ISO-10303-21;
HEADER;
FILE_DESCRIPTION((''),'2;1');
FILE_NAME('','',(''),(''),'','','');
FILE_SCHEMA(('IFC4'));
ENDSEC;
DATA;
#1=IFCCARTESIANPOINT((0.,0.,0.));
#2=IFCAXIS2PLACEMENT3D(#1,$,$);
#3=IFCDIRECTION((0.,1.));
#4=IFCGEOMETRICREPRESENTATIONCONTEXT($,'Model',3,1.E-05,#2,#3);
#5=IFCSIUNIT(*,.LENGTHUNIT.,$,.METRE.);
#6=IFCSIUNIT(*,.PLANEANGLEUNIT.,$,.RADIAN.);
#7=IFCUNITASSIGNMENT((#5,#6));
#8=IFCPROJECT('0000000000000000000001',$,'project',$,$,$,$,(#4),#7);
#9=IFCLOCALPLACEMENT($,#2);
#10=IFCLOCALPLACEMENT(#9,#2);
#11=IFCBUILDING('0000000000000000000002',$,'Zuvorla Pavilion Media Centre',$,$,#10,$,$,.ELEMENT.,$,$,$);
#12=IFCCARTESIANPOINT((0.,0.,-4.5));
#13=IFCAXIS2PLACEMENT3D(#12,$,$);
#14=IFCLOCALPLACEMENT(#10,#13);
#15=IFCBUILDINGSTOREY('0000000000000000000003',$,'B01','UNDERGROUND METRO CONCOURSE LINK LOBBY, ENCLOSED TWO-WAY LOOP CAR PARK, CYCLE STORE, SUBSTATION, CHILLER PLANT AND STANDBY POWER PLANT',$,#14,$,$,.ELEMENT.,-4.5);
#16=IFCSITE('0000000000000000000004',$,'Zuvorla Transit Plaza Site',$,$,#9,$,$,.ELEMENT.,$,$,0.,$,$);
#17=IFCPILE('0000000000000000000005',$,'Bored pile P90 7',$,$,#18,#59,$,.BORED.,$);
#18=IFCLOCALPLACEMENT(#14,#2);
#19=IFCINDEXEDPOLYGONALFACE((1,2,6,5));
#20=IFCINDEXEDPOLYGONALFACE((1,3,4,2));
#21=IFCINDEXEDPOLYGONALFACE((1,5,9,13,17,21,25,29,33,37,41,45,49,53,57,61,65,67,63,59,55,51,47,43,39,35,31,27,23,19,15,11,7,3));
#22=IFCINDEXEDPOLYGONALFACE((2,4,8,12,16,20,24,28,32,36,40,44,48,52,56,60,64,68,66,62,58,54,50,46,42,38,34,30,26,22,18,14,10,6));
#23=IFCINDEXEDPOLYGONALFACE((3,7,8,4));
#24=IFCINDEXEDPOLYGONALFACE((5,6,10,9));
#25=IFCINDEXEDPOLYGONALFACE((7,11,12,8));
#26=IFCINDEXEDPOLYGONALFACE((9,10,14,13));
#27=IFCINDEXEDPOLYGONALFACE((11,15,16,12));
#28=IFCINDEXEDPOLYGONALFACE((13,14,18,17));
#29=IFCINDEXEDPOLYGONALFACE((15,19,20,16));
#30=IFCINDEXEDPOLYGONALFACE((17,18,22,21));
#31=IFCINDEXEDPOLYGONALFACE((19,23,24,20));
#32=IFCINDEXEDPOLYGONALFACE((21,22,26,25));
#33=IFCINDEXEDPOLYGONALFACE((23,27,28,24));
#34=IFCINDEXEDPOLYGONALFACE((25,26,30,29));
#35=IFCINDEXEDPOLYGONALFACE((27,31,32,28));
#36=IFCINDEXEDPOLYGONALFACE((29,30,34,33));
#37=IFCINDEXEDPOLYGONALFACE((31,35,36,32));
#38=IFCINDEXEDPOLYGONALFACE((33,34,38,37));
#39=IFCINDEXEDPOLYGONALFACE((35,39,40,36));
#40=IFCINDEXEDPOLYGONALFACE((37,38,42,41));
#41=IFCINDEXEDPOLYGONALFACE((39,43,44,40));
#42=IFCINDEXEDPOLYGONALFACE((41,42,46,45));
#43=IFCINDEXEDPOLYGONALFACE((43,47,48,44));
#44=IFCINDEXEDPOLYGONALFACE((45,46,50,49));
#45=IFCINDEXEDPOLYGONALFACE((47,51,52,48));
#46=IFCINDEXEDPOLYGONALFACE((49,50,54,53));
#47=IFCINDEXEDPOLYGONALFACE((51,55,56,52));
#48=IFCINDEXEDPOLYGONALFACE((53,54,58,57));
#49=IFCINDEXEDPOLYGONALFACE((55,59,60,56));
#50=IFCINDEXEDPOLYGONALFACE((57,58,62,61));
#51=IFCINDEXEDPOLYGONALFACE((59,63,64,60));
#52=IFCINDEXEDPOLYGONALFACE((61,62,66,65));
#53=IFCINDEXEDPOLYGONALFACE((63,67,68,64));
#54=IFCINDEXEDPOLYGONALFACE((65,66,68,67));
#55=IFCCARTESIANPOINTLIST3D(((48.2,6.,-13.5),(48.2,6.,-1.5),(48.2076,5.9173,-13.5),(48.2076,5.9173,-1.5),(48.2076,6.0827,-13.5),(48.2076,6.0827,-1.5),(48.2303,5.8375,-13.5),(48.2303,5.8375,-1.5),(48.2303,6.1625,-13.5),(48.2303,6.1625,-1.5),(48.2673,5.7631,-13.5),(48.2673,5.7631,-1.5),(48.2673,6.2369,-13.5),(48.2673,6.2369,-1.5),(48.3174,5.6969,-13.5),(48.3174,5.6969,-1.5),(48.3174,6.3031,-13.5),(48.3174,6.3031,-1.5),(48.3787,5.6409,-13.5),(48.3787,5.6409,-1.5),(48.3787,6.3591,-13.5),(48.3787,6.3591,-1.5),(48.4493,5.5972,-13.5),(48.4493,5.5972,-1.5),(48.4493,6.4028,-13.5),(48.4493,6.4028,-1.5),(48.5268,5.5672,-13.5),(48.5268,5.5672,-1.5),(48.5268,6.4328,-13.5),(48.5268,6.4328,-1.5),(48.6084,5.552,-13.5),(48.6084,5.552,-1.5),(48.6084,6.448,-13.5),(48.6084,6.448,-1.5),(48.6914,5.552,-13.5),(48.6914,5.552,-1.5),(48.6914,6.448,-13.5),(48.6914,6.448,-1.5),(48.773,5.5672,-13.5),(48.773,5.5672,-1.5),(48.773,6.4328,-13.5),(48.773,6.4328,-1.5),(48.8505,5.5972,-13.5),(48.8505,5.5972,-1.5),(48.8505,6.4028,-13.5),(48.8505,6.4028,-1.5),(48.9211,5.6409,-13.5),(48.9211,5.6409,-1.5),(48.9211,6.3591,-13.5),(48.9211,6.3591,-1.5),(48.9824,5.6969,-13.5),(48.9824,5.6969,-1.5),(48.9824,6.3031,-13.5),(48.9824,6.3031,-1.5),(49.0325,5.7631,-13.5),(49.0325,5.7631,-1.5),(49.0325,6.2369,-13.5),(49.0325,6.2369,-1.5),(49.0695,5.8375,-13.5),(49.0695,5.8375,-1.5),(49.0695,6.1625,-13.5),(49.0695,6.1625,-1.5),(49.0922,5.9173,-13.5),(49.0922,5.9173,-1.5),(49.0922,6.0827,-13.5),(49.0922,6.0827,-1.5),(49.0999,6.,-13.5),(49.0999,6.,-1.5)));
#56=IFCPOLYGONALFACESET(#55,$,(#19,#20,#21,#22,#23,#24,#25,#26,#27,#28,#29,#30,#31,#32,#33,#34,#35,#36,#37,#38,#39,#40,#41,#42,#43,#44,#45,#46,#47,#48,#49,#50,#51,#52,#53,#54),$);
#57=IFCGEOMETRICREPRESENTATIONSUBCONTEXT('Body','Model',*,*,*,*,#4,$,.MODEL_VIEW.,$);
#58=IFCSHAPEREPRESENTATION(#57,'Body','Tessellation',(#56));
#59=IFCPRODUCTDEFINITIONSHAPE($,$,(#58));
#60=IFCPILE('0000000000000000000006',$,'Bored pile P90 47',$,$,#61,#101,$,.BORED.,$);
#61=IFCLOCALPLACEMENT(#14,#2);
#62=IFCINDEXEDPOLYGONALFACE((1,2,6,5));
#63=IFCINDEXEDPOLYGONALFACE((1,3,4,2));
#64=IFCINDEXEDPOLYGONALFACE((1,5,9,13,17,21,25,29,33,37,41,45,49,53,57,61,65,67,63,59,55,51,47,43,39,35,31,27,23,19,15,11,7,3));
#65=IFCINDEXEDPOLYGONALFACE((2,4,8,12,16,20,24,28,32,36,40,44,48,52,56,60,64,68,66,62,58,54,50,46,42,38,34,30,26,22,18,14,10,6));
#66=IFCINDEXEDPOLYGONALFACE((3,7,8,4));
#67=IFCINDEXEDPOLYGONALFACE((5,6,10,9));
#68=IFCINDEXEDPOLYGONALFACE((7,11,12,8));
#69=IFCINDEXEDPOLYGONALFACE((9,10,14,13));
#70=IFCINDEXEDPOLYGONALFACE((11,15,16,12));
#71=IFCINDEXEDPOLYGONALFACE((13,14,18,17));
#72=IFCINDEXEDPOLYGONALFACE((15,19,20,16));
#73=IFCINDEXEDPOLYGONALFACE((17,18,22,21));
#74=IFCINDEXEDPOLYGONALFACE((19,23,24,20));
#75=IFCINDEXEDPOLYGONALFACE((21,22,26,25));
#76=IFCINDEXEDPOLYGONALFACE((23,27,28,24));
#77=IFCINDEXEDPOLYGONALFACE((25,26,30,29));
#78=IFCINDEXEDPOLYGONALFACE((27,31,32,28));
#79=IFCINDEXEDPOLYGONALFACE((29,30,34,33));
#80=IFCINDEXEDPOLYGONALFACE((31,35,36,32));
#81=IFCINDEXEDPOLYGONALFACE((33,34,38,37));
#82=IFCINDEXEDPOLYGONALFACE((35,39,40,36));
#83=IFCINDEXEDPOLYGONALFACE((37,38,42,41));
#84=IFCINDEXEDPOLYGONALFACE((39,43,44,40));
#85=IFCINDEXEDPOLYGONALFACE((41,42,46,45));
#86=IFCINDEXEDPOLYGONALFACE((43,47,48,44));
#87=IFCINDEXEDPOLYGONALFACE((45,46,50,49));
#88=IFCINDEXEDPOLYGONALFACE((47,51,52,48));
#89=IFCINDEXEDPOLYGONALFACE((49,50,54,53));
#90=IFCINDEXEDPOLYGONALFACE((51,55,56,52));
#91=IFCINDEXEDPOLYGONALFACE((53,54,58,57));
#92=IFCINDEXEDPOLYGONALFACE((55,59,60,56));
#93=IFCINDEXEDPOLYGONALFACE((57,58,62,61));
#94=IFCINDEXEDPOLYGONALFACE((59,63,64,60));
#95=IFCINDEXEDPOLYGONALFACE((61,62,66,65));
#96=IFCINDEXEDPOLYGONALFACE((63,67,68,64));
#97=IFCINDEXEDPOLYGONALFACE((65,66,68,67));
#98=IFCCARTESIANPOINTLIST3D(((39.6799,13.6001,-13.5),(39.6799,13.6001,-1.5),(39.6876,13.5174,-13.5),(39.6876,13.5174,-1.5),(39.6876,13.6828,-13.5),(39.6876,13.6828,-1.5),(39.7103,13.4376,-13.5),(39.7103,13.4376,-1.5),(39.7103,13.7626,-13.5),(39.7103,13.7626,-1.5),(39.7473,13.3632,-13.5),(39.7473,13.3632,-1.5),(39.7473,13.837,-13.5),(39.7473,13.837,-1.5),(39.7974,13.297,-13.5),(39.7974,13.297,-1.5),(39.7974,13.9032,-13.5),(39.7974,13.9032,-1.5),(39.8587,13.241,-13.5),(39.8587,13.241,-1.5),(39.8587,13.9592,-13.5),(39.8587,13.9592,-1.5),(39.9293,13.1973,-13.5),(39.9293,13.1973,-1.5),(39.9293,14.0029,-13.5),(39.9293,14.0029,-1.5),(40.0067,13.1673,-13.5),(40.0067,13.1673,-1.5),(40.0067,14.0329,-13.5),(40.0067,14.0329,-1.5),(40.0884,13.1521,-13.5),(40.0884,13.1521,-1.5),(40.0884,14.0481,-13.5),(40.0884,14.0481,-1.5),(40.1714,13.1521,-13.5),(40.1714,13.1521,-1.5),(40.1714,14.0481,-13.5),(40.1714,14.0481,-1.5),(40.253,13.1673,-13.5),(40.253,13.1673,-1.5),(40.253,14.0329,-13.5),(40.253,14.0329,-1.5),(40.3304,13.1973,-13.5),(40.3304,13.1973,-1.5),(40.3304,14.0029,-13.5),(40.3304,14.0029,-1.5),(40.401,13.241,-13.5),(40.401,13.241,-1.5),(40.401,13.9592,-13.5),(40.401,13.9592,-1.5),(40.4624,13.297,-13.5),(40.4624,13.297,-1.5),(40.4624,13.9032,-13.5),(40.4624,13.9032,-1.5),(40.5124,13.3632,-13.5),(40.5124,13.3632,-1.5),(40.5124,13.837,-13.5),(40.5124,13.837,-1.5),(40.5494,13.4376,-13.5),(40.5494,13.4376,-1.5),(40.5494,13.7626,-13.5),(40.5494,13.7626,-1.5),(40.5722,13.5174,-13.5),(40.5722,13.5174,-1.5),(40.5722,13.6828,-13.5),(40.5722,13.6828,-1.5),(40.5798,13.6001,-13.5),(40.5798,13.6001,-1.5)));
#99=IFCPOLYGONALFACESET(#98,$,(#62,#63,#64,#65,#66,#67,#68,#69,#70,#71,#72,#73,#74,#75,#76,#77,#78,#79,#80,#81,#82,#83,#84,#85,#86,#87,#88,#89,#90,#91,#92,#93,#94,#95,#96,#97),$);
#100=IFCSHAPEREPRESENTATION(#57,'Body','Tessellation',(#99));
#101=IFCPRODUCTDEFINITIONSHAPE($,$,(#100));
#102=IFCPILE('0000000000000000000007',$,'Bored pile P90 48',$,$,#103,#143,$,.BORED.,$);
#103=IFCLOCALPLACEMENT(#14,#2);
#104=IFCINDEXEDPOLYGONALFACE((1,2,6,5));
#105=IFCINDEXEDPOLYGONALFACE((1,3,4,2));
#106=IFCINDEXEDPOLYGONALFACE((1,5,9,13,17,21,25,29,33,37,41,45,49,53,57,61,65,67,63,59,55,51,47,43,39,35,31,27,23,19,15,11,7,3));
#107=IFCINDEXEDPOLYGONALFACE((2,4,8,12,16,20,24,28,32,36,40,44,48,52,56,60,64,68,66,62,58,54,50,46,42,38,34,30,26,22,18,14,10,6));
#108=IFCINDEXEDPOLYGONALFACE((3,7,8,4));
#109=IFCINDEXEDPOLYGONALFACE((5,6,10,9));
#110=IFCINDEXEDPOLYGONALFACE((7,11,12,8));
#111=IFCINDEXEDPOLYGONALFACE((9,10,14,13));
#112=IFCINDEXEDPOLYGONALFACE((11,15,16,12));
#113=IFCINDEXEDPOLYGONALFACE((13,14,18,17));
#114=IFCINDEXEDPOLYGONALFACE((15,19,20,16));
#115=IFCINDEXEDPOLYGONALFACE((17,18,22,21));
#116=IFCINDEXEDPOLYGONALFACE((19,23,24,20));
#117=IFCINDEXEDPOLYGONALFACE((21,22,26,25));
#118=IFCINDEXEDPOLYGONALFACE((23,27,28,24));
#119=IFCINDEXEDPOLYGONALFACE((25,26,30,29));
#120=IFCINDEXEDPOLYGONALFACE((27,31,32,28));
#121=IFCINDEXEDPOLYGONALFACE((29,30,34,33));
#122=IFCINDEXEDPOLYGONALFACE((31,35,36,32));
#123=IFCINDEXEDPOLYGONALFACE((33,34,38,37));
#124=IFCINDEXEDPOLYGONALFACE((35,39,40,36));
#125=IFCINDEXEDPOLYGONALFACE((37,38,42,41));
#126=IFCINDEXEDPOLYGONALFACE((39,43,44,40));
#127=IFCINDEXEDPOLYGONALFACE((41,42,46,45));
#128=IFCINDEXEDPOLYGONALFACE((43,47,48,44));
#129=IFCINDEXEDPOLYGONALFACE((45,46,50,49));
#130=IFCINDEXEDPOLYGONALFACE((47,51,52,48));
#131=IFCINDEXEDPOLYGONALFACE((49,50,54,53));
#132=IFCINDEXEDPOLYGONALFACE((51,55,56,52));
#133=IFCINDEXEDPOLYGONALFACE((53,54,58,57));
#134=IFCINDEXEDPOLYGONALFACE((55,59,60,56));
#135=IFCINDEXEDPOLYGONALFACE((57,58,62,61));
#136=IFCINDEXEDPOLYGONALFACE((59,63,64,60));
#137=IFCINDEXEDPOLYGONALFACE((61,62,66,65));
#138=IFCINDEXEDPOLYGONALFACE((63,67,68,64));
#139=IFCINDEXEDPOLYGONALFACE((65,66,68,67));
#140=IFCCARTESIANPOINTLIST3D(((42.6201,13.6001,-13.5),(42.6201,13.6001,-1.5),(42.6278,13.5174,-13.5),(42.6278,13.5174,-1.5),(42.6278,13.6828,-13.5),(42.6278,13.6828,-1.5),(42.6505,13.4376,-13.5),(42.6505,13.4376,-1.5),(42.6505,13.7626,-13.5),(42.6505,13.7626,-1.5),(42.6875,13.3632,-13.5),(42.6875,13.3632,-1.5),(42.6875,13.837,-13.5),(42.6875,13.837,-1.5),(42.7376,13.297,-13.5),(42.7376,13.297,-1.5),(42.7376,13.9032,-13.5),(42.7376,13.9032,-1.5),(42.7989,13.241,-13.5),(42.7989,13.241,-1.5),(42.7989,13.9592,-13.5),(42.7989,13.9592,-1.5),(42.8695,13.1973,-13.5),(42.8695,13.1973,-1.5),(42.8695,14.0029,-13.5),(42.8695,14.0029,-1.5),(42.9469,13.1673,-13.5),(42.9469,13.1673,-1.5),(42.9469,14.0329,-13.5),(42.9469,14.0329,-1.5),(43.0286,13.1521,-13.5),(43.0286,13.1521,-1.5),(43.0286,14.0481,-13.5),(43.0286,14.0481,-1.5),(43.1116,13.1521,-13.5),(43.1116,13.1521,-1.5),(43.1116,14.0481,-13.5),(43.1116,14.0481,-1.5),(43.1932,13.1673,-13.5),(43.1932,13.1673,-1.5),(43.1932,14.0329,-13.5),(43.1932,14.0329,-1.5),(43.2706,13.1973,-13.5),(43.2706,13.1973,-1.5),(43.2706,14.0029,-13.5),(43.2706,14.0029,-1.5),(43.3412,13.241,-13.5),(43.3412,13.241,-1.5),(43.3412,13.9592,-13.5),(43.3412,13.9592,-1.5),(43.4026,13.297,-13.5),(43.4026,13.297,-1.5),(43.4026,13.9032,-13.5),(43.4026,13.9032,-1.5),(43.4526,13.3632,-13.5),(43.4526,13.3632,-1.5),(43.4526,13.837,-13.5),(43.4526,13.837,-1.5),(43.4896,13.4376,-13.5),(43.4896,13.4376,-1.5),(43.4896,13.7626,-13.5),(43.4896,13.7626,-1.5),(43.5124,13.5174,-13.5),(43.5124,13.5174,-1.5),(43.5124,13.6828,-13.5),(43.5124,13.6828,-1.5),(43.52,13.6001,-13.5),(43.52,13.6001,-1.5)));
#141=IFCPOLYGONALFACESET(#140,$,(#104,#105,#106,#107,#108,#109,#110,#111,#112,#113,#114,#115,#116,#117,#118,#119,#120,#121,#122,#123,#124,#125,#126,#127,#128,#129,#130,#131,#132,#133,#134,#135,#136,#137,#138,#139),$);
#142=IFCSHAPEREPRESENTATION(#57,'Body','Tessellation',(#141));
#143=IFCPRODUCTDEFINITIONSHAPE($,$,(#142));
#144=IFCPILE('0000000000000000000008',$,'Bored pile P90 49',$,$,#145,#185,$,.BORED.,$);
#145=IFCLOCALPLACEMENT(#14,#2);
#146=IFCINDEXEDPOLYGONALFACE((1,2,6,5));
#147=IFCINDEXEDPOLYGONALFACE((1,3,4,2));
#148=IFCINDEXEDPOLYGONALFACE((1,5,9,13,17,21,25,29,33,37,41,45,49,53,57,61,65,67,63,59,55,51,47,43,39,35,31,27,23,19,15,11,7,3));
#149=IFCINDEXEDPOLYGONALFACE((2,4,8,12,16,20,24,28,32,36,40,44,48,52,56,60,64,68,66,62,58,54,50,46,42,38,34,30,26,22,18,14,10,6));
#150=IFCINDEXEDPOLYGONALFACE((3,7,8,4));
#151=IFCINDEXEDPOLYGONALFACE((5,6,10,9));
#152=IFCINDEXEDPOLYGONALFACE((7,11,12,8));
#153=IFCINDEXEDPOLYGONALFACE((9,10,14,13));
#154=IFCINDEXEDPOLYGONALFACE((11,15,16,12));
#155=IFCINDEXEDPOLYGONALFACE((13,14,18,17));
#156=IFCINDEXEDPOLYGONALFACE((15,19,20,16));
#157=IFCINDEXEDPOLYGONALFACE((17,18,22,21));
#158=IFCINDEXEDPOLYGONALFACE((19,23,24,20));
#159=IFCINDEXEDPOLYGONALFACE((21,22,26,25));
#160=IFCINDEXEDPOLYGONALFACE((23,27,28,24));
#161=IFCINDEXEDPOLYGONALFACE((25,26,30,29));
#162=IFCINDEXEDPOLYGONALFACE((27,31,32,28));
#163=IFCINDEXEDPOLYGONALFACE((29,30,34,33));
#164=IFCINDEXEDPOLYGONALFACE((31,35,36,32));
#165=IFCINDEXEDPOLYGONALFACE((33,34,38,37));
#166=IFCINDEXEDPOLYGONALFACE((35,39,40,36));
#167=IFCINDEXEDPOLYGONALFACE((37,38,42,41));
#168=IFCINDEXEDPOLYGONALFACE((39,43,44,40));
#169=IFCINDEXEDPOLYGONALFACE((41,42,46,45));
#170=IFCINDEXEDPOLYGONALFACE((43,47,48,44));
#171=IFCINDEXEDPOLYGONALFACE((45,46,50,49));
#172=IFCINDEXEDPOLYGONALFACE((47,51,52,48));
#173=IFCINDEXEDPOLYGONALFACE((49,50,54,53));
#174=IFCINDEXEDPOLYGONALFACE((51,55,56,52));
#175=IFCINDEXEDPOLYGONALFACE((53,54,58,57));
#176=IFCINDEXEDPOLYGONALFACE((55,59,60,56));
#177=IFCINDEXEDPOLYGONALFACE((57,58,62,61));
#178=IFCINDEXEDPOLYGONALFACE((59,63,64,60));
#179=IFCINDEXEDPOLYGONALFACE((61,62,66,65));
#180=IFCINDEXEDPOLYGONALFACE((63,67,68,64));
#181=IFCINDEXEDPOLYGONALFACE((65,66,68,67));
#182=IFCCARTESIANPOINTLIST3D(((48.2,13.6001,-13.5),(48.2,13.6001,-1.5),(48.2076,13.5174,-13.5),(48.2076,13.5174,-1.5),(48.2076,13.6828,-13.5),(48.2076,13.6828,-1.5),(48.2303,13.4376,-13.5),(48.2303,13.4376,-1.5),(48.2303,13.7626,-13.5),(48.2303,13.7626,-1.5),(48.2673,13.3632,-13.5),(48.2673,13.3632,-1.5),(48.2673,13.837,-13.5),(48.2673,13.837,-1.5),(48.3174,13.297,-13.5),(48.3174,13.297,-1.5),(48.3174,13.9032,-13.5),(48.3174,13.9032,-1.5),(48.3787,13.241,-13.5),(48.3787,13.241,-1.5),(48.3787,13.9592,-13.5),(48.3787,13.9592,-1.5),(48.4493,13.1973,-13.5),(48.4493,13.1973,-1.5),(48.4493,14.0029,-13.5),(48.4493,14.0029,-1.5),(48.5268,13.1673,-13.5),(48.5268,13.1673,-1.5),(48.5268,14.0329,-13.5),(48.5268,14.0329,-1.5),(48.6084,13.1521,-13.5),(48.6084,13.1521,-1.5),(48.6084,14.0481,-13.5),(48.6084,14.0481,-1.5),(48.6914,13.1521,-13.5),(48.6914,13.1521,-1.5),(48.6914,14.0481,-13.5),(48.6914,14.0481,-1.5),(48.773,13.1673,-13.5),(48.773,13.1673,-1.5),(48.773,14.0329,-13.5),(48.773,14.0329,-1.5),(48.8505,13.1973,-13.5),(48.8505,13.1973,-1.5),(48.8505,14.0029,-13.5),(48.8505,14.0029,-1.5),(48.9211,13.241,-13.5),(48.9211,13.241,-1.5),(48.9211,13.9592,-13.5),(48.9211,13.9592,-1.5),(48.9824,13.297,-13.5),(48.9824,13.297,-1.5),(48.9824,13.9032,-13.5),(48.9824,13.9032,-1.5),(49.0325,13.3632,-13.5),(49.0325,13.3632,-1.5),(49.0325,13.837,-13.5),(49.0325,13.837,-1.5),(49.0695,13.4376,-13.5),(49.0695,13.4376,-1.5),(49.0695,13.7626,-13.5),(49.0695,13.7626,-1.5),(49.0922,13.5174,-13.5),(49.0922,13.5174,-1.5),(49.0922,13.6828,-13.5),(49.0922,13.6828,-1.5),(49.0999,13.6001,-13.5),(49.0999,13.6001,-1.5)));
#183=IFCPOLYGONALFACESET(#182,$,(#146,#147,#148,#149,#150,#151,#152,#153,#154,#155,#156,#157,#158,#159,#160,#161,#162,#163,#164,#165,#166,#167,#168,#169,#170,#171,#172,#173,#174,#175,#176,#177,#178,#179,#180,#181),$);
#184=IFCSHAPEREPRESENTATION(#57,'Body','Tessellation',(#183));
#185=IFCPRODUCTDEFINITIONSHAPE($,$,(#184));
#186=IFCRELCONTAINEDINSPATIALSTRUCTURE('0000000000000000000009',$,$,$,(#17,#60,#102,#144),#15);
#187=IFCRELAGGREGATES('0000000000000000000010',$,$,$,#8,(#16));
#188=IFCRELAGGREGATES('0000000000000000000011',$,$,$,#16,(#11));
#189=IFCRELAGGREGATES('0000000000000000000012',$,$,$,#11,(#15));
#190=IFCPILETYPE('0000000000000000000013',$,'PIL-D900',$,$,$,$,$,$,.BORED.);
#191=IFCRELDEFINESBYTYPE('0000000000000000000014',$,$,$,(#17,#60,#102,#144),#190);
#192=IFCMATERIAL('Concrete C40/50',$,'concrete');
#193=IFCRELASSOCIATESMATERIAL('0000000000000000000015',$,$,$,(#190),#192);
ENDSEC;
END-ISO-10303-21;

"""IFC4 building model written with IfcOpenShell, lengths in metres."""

from ifc_helpers import new_model, si_unit, direction, frame, origin, origin_2d, place, context, subcontext, project, spatial, circle, extrude, material, material_profile, profile_set, type_object, element, save


model = new_model("IFC4")

# Units and contexts
model_context = context("Model", 3, precision=1e-05, world=origin(), true_north=direction((0.0, 1.0)))
body_context = subcontext(model_context, "Body", "Model", "MODEL_VIEW")
ifc_project = project(units=[si_unit("LENGTHUNIT", "METRE"), si_unit("PLANEANGLEUNIT", "RADIAN")], contexts=[model_context])

# Site, building, storey
site_placement = place(None, origin())
site = spatial("IfcSite", under=ifc_project, at=site_placement, Name="Zuvorla Transit Plaza Site", CompositionType="ELEMENT", RefElevation=0.0)
building_placement = place(site_placement, origin())
building = spatial("IfcBuilding", under=site, at=building_placement, Name="Zuvorla Pavilion Media Centre", CompositionType="ELEMENT")
storey_placement = place(building_placement, frame((0.0, 0.0, -4.5)))
storey = spatial("IfcBuildingStorey", under=building, at=storey_placement, Name="B01", Description="UNDERGROUND METRO CONCOURSE LINK LOBBY, ENCLOSED TWO-WAY LOOP CAR PARK, CYCLE STORE, SUBSTATION, CHILLER PLANT AND STANDBY POWER PLANT", CompositionType="ELEMENT", Elevation=-4.5)

# Shared definitions
ifc_material_1 = material(Name="Concrete C40/50", Category="concrete")

# Piles
ifc_material_profile_1 = material_profile(ifc_material_1, circle(Radius=0.45, at=origin_2d()), Name="BORED PILE 900")
ifc_profile_set_1 = profile_set([ifc_material_profile_1], Name="Concrete C40/50")
pile_type = type_object("IfcPileType", Name="PIL-D900", PredefinedType="BORED", material=ifc_profile_set_1)
for number, where, z_axis, x_axis, name in (
    (1, (48.6499, 6.0, -1.5), (0.0, 0.0, -1.0), (1.0, 0.0, 0.0), "Bored pile P90 7"),
    (2, (40.1299, 13.6001, -1.5), (0.0, 0.0, -1.0), (1.0, 0.0, 0.0), "Bored pile P90 47"),
    (3, (43.0701, 13.6001, -1.5), (0.0, 0.0, -1.0), (1.0, 0.0, 0.0), "Bored pile P90 48"),
    (4, (48.6499, 13.6001, -1.5), (0.0, 0.0, -1.0), (1.0, 0.0, 0.0), "Bored pile P90 49"),
):
    element("IfcPile", number, at=place(storey_placement, frame(where, z_axis=z_axis, x_axis=x_axis)), inside=storey, type_object=pile_type, Name=name, PredefinedType="BORED", context=body_context, shape_type="SweptSolid", body=[
        extrude(circle(Radius=0.45, at=origin_2d()), origin(), (0.0, 0.0, 1.0), 12.0),
    ])

save(model, "model.ifc")
